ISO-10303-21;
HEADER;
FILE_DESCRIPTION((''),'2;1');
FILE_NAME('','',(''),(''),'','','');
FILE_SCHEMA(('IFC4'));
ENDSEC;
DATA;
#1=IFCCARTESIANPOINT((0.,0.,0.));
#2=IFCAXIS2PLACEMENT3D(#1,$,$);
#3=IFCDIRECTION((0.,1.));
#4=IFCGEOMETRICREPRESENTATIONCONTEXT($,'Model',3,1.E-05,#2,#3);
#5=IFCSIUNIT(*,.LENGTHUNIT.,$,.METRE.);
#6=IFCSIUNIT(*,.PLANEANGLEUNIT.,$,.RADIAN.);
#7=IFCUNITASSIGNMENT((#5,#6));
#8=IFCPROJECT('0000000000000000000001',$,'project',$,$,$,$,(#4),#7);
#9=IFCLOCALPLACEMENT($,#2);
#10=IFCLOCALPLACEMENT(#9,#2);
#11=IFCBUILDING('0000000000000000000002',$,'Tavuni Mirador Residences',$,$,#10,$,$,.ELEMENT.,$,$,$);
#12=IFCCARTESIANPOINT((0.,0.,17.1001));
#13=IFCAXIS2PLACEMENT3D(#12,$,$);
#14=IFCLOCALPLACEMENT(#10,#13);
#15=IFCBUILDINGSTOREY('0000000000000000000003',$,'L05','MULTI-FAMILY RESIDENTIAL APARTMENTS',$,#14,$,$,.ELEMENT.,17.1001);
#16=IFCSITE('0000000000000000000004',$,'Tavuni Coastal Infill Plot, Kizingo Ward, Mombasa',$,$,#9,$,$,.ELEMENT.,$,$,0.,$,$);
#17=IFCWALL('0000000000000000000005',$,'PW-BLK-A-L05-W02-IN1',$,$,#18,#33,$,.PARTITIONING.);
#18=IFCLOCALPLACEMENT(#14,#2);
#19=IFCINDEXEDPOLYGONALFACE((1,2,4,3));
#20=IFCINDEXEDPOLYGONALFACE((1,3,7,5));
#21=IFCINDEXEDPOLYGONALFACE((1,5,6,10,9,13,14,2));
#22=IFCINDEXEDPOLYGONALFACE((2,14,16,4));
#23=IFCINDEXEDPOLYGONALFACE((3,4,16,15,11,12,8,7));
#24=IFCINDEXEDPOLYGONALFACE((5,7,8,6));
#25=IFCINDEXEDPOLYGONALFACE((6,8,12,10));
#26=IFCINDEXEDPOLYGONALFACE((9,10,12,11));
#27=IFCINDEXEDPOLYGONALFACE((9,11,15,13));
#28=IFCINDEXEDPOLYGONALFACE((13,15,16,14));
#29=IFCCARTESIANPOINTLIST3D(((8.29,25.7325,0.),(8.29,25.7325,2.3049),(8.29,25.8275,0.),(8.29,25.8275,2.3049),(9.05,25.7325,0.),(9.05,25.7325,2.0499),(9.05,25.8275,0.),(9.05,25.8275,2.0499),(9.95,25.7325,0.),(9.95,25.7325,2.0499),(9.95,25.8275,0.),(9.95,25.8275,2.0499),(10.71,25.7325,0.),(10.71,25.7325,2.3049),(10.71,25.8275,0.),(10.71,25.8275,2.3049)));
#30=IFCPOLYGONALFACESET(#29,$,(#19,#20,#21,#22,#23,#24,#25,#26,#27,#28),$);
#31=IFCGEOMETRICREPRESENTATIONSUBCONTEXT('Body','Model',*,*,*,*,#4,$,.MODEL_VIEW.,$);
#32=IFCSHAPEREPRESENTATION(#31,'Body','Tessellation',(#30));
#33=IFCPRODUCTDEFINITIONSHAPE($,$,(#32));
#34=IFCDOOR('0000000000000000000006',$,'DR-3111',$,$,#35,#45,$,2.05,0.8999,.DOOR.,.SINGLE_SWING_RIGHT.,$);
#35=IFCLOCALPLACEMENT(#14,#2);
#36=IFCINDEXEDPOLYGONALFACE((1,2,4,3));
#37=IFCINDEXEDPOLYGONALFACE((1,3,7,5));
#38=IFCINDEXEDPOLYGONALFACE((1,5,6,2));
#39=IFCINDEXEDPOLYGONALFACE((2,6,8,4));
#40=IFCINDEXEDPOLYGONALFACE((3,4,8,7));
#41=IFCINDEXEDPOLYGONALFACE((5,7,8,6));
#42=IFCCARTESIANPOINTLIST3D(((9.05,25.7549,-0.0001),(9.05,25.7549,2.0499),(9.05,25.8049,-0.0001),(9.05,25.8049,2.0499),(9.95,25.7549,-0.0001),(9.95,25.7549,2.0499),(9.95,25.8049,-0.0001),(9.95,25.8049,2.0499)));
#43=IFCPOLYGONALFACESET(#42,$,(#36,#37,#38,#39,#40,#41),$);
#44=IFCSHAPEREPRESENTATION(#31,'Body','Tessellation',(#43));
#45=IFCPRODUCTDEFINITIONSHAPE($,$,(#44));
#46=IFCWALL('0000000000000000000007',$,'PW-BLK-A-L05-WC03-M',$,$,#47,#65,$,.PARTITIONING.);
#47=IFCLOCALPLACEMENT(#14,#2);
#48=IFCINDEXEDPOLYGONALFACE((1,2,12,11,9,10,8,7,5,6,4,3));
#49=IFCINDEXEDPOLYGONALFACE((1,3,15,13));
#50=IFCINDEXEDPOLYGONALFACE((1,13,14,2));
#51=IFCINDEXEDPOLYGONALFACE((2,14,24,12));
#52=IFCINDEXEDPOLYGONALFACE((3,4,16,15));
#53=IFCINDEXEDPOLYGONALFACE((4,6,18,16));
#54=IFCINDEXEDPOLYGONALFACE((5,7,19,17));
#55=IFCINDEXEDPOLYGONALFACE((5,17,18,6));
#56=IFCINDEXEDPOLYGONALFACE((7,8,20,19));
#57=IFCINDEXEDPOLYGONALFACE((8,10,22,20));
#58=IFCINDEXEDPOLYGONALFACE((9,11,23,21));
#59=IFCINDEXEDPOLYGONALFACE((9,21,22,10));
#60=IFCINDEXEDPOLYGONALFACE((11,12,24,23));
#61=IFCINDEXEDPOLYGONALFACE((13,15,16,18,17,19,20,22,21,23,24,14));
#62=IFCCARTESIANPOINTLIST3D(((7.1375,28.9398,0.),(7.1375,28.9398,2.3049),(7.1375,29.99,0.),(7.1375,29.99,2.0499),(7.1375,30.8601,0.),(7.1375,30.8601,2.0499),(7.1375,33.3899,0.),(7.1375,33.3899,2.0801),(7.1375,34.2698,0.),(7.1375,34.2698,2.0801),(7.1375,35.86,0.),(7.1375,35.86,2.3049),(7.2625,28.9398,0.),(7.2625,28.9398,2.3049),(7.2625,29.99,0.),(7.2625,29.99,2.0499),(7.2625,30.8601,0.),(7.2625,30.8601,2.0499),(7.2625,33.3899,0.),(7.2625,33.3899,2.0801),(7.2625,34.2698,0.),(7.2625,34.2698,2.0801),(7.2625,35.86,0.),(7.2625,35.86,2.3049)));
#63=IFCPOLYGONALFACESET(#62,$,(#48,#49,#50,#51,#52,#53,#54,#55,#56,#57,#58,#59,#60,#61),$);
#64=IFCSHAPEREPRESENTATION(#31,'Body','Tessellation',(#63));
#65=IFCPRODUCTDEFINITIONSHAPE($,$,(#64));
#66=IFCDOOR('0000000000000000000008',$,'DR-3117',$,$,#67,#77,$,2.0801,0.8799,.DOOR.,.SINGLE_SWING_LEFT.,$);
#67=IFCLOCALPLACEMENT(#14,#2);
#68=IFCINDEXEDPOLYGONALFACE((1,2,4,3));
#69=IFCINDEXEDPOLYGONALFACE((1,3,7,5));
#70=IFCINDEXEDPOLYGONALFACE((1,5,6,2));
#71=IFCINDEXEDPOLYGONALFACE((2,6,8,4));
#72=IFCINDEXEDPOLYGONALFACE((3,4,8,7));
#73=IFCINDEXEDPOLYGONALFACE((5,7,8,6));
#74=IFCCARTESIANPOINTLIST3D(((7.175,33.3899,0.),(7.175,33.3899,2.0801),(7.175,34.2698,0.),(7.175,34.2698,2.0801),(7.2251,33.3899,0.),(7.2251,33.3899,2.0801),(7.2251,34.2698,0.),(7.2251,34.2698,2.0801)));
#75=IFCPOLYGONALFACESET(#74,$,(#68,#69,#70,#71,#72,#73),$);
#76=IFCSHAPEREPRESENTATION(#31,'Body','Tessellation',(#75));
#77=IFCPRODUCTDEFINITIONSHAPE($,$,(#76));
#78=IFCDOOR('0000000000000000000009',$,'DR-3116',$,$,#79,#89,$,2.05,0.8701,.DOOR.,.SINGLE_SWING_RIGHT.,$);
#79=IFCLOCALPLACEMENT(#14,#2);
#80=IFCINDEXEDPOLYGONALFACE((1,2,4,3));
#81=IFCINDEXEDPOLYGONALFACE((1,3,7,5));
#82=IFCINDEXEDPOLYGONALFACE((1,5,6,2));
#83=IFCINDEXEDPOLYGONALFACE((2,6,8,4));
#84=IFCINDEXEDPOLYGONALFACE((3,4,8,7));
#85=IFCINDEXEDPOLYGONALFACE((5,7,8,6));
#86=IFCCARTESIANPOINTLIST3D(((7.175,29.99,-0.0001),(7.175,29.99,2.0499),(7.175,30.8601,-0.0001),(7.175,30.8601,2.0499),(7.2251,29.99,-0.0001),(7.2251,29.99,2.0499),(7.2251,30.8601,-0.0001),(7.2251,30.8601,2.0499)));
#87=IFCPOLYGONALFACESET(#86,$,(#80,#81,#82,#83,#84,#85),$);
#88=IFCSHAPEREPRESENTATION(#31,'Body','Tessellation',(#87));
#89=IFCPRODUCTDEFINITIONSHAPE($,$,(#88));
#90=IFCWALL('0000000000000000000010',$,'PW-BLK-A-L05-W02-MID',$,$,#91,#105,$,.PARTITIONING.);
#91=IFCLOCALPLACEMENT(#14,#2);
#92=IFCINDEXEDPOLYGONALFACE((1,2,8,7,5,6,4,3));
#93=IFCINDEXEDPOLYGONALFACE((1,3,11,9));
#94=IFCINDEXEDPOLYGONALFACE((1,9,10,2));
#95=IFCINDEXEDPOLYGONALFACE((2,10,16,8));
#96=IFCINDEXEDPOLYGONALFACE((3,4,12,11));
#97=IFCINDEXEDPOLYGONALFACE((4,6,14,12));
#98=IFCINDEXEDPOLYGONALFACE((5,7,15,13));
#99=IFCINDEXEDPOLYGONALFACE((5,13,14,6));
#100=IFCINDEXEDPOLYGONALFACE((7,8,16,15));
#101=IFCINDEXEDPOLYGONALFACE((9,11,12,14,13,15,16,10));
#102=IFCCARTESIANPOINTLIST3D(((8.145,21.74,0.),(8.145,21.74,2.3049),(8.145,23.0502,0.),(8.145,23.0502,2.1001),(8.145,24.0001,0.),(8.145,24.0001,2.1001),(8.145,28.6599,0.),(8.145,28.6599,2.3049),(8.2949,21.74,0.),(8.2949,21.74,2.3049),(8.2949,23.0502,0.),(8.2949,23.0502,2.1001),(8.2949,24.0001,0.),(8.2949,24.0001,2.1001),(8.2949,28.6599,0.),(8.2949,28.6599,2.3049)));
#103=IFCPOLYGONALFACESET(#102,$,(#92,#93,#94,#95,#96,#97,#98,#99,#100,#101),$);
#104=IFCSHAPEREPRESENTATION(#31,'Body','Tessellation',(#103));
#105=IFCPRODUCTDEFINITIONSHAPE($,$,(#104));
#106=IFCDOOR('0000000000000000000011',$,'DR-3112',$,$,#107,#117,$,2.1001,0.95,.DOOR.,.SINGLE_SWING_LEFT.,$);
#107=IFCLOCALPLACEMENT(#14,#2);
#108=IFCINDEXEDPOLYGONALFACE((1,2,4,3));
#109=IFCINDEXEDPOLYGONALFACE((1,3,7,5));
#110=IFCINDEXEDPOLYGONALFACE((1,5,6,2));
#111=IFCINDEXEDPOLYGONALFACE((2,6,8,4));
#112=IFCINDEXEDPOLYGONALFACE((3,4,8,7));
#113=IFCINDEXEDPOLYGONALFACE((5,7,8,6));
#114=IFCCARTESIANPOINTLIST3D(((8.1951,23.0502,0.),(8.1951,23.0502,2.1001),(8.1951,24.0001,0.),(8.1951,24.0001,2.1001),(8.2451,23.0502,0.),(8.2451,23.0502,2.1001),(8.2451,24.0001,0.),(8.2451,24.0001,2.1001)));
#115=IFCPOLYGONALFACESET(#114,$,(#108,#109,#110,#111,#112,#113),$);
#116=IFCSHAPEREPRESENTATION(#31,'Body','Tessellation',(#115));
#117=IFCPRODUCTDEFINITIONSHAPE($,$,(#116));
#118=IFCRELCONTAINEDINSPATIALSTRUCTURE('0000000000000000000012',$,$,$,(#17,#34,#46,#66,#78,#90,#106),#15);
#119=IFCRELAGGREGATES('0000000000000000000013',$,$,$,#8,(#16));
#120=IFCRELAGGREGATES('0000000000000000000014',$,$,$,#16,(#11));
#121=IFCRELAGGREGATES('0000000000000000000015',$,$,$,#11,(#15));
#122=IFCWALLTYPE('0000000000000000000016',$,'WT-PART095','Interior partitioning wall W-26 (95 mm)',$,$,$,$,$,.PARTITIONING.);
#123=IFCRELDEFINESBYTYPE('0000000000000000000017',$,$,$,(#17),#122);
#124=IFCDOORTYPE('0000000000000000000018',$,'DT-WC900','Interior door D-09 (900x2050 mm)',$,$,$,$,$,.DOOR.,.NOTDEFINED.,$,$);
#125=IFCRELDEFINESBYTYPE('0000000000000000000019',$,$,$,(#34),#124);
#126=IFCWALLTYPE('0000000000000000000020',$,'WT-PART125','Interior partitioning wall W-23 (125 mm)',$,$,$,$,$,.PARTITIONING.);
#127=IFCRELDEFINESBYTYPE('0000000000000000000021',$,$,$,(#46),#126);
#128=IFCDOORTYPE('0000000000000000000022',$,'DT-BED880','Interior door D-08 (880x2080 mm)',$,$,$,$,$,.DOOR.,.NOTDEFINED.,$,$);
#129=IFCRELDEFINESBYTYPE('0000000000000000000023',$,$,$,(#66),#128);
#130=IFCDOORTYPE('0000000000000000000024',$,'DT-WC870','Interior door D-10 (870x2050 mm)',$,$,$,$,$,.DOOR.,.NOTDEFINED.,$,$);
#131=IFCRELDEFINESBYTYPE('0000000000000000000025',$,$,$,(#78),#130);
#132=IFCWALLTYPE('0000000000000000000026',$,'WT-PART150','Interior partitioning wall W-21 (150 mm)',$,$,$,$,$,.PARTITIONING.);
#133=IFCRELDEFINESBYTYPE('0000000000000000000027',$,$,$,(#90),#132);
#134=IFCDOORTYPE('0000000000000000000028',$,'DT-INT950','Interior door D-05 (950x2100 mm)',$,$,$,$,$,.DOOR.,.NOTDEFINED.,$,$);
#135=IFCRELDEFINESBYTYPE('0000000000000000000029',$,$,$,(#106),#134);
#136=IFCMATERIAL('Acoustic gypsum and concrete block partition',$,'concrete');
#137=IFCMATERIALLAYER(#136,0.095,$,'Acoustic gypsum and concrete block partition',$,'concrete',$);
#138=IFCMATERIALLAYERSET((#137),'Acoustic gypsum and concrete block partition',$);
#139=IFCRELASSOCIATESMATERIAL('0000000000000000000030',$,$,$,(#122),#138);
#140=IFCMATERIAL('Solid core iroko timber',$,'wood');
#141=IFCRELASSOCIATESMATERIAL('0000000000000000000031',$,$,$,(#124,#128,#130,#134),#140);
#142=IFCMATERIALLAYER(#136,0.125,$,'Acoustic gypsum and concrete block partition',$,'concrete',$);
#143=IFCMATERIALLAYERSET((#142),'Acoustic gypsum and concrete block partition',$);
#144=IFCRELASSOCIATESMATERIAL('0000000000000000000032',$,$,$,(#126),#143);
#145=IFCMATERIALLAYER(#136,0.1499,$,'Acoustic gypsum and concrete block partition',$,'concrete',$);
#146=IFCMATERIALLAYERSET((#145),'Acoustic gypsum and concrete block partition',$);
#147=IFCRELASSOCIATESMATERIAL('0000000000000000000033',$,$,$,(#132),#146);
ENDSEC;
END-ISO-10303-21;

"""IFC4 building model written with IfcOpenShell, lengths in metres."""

from ifc_helpers import new_model, si_unit, direction, frame, frame_2d, origin, place, context, subcontext, project, spatial, rectangle, extrude, material, layer, layer_set, type_object, element, fill, save


model = new_model("IFC4")

# Units and contexts
model_context = context("Model", 3, precision=1e-05, world=origin(), true_north=direction((0.0, 1.0)))
body_context = subcontext(model_context, "Body", "Model", "MODEL_VIEW")
ifc_project = project(units=[si_unit("LENGTHUNIT", "METRE"), si_unit("PLANEANGLEUNIT", "RADIAN")], contexts=[model_context])

# Site, building, storey
site_placement = place(None, origin())
site = spatial("IfcSite", under=ifc_project, at=site_placement, Name="Tavuni Coastal Infill Plot, Kizingo Ward, Mombasa", CompositionType="ELEMENT", RefElevation=0.0)
building_placement = place(site_placement, origin())
building = spatial("IfcBuilding", under=site, at=building_placement, Name="Tavuni Mirador Residences", CompositionType="ELEMENT")
storey_placement = place(building_placement, frame((0.0, 0.0, 17.1001)))
storey = spatial("IfcBuildingStorey", under=building, at=storey_placement, Name="L05", Description="MULTI-FAMILY RESIDENTIAL APARTMENTS", CompositionType="ELEMENT", Elevation=17.1001)

# Shared definitions
ifc_material_1 = material(Name="Solid core iroko timber", Category="wood")

# Wall, opening, door
ifc_material_2 = material(Name="Acoustic gypsum and concrete block partition", Category="concrete")
ifc_layer_1 = layer(ifc_material_2, 0.095, Name="Acoustic gypsum and concrete block partition", Category="concrete")
ifc_layer_set_1 = layer_set([ifc_layer_1], Name="Acoustic gypsum and concrete block partition")
wall_type_1 = type_object("IfcWallType", Name="WT-PART095", Description="Interior partitioning wall W-26 (95 mm)", PredefinedType="PARTITIONING", material=ifc_layer_set_1)
wall_1_placement = place(storey_placement, frame((8.29, 25.78, 0.0), z_axis=(0.0, 0.0, 1.0), x_axis=(1.0, 0.0, 0.0)))
wall_1 = element("IfcWall", 1, at=wall_1_placement, inside=storey, type_object=wall_type_1, Name="PW-BLK-A-L05-W02-IN1", PredefinedType="PARTITIONING", context=body_context, shape_type="SweptSolid", body=[
    extrude(rectangle(XDim=2.4199, YDim=0.095, at=frame_2d((1.21, 0.0))), origin(), (0.0, 0.0, 1.0), 2.3049),
])
opening_1_placement = place(wall_1_placement, frame((0.76, 0.0, 0.0)))
opening_1 = element("IfcOpeningElement", 2, at=opening_1_placement, cuts=wall_1, PredefinedType="OPENING", context=body_context, shape_type="SweptSolid", body=[
    extrude(rectangle(XDim=0.8999, YDim=2.05, at=frame_2d((0.45, 1.0249))), frame((0.0, 0.0576, 0.0), z_axis=(0.0, -1.0, 0.0), x_axis=(1.0, 0.0, 0.0)), (0.0, 0.0, 1.0), 0.115),
])
door_type_1 = type_object("IfcDoorType", Name="DT-WC900", Description="Interior door D-09 (900x2050 mm)", OperationType="NOTDEFINED", PredefinedType="DOOR", material=ifc_material_1)
door_1_placement = place(opening_1_placement, origin())
door_1 = element("IfcDoor", 3, at=door_1_placement, inside=storey, type_object=door_type_1, Name="DR-3111", OperationType="SINGLE_SWING_RIGHT", OverallHeight=2.05, OverallWidth=0.8999, PredefinedType="DOOR", context=body_context, shape_type="SweptSolid", body=[
    extrude(rectangle(XDim=0.8999, YDim=2.05, at=frame_2d((0.45, 1.0249))), frame((0.0, 0.0249, 0.0), z_axis=(0.0, -1.0, 0.0), x_axis=(1.0, 0.0, 0.0)), (0.0, 0.0, 1.0), 0.05),
])
fill(opening_1, door_1)

# Wall, openings, doors
ifc_layer_2 = layer(ifc_material_2, 0.125, Name="Acoustic gypsum and concrete block partition", Category="concrete")
ifc_layer_set_2 = layer_set([ifc_layer_2], Name="Acoustic gypsum and concrete block partition")
wall_type_2 = type_object("IfcWallType", Name="WT-PART125", Description="Interior partitioning wall W-23 (125 mm)", PredefinedType="PARTITIONING", material=ifc_layer_set_2)
wall_2_placement = place(storey_placement, frame((7.2, 28.9399, 0.0), z_axis=(0.0, 0.0, 1.0), x_axis=(0.0, 1.0, 0.0)))
wall_2 = element("IfcWall", 4, at=wall_2_placement, inside=storey, type_object=wall_type_2, Name="PW-BLK-A-L05-WC03-M", PredefinedType="PARTITIONING", context=body_context, shape_type="SweptSolid", body=[
    extrude(rectangle(XDim=6.9202, YDim=0.125, at=frame_2d((3.46, 0.0))), origin(), (0.0, 0.0, 1.0), 2.3049),
])
opening_2_placement = place(wall_2_placement, frame((1.05, 0.0, 0.0)))
opening_2 = element("IfcOpeningElement", 5, at=opening_2_placement, cuts=wall_2, PredefinedType="OPENING", context=body_context, shape_type="SweptSolid", body=[
    extrude(rectangle(XDim=0.8701, YDim=2.05, at=frame_2d((0.4351, 1.0249))), frame((0.0, 0.0725, 0.0), z_axis=(0.0, -1.0, 0.0), x_axis=(1.0, 0.0, 0.0)), (0.0, 0.0, 1.0), 0.145),
])
opening_3_placement = place(wall_2_placement, frame((4.45, 0.0, 0.0)))
opening_3 = element("IfcOpeningElement", 6, at=opening_3_placement, cuts=wall_2, PredefinedType="OPENING", context=body_context, shape_type="SweptSolid", body=[
    extrude(rectangle(XDim=0.8799, YDim=2.0801, at=frame_2d((0.4399, 1.04))), frame((0.0, 0.0725, 0.0), z_axis=(0.0, -1.0, 0.0), x_axis=(1.0, 0.0, 0.0)), (0.0, 0.0, 1.0), 0.145),
])
door_type_2 = type_object("IfcDoorType", Name="DT-BED880", Description="Interior door D-08 (880x2080 mm)", OperationType="NOTDEFINED", PredefinedType="DOOR", material=ifc_material_1)
door_2_placement = place(opening_3_placement, origin())
door_2 = element("IfcDoor", 7, at=door_2_placement, inside=storey, type_object=door_type_2, Name="DR-3117", OperationType="SINGLE_SWING_LEFT", OverallHeight=2.0801, OverallWidth=0.8799, PredefinedType="DOOR", context=body_context, shape_type="SweptSolid", body=[
    extrude(rectangle(XDim=0.8799, YDim=2.0801, at=frame_2d((0.4399, 1.04))), frame((0.0, 0.0249, 0.0), z_axis=(0.0, -1.0, 0.0), x_axis=(1.0, 0.0, 0.0)), (0.0, 0.0, 1.0), 0.05),
])
fill(opening_3, door_2)
door_type_3 = type_object("IfcDoorType", Name="DT-WC870", Description="Interior door D-10 (870x2050 mm)", OperationType="NOTDEFINED", PredefinedType="DOOR", material=ifc_material_1)
door_3_placement = place(opening_2_placement, origin())
door_3 = element("IfcDoor", 8, at=door_3_placement, inside=storey, type_object=door_type_3, Name="DR-3116", OperationType="SINGLE_SWING_RIGHT", OverallHeight=2.05, OverallWidth=0.8701, PredefinedType="DOOR", context=body_context, shape_type="SweptSolid", body=[
    extrude(rectangle(XDim=0.8701, YDim=2.05, at=frame_2d((0.4351, 1.0249))), frame((0.0, 0.0249, 0.0), z_axis=(0.0, -1.0, 0.0), x_axis=(1.0, 0.0, 0.0)), (0.0, 0.0, 1.0), 0.05),
])
fill(opening_2, door_3)

# Wall, opening, door
ifc_layer_3 = layer(ifc_material_2, 0.1499, Name="Acoustic gypsum and concrete block partition", Category="concrete")
ifc_layer_set_3 = layer_set([ifc_layer_3], Name="Acoustic gypsum and concrete block partition")
wall_type_3 = type_object("IfcWallType", Name="WT-PART150", Description="Interior partitioning wall W-21 (150 mm)", PredefinedType="PARTITIONING", material=ifc_layer_set_3)
wall_3_placement = place(storey_placement, frame((8.22, 21.74, 0.0), z_axis=(0.0, 0.0, 1.0), x_axis=(0.0, 1.0, 0.0)))
wall_3 = element("IfcWall", 9, at=wall_3_placement, inside=storey, type_object=wall_type_3, Name="PW-BLK-A-L05-W02-MID", PredefinedType="PARTITIONING", context=body_context, shape_type="SweptSolid", body=[
    extrude(rectangle(XDim=6.9199, YDim=0.1499, at=frame_2d((3.46, 0.0))), origin(), (0.0, 0.0, 1.0), 2.3049),
])
opening_4_placement = place(wall_3_placement, frame((1.3101, 0.0, 0.0)))
opening_4 = element("IfcOpeningElement", 10, at=opening_4_placement, cuts=wall_3, PredefinedType="OPENING", context=body_context, shape_type="SweptSolid", body=[
    extrude(rectangle(XDim=0.95, YDim=2.1001, at=frame_2d((0.4751, 1.05))), frame((0.0, 0.085, 0.0), z_axis=(0.0, -1.0, 0.0), x_axis=(1.0, 0.0, 0.0)), (0.0, 0.0, 1.0), 0.1699),
])
door_type_4 = type_object("IfcDoorType", Name="DT-INT950", Description="Interior door D-05 (950x2100 mm)", OperationType="NOTDEFINED", PredefinedType="DOOR", material=ifc_material_1)
door_4_placement = place(opening_4_placement, origin())
door_4 = element("IfcDoor", 11, at=door_4_placement, inside=storey, type_object=door_type_4, Name="DR-3112", OperationType="SINGLE_SWING_LEFT", OverallHeight=2.1001, OverallWidth=0.95, PredefinedType="DOOR", context=body_context, shape_type="SweptSolid", body=[
    extrude(rectangle(XDim=0.95, YDim=2.1001, at=frame_2d((0.4751, 1.05))), frame((0.0, 0.0249, 0.0), z_axis=(0.0, -1.0, 0.0), x_axis=(1.0, 0.0, 0.0)), (0.0, 0.0, 1.0), 0.05),
])
fill(opening_4, door_4)

save(model, "model.ifc")
